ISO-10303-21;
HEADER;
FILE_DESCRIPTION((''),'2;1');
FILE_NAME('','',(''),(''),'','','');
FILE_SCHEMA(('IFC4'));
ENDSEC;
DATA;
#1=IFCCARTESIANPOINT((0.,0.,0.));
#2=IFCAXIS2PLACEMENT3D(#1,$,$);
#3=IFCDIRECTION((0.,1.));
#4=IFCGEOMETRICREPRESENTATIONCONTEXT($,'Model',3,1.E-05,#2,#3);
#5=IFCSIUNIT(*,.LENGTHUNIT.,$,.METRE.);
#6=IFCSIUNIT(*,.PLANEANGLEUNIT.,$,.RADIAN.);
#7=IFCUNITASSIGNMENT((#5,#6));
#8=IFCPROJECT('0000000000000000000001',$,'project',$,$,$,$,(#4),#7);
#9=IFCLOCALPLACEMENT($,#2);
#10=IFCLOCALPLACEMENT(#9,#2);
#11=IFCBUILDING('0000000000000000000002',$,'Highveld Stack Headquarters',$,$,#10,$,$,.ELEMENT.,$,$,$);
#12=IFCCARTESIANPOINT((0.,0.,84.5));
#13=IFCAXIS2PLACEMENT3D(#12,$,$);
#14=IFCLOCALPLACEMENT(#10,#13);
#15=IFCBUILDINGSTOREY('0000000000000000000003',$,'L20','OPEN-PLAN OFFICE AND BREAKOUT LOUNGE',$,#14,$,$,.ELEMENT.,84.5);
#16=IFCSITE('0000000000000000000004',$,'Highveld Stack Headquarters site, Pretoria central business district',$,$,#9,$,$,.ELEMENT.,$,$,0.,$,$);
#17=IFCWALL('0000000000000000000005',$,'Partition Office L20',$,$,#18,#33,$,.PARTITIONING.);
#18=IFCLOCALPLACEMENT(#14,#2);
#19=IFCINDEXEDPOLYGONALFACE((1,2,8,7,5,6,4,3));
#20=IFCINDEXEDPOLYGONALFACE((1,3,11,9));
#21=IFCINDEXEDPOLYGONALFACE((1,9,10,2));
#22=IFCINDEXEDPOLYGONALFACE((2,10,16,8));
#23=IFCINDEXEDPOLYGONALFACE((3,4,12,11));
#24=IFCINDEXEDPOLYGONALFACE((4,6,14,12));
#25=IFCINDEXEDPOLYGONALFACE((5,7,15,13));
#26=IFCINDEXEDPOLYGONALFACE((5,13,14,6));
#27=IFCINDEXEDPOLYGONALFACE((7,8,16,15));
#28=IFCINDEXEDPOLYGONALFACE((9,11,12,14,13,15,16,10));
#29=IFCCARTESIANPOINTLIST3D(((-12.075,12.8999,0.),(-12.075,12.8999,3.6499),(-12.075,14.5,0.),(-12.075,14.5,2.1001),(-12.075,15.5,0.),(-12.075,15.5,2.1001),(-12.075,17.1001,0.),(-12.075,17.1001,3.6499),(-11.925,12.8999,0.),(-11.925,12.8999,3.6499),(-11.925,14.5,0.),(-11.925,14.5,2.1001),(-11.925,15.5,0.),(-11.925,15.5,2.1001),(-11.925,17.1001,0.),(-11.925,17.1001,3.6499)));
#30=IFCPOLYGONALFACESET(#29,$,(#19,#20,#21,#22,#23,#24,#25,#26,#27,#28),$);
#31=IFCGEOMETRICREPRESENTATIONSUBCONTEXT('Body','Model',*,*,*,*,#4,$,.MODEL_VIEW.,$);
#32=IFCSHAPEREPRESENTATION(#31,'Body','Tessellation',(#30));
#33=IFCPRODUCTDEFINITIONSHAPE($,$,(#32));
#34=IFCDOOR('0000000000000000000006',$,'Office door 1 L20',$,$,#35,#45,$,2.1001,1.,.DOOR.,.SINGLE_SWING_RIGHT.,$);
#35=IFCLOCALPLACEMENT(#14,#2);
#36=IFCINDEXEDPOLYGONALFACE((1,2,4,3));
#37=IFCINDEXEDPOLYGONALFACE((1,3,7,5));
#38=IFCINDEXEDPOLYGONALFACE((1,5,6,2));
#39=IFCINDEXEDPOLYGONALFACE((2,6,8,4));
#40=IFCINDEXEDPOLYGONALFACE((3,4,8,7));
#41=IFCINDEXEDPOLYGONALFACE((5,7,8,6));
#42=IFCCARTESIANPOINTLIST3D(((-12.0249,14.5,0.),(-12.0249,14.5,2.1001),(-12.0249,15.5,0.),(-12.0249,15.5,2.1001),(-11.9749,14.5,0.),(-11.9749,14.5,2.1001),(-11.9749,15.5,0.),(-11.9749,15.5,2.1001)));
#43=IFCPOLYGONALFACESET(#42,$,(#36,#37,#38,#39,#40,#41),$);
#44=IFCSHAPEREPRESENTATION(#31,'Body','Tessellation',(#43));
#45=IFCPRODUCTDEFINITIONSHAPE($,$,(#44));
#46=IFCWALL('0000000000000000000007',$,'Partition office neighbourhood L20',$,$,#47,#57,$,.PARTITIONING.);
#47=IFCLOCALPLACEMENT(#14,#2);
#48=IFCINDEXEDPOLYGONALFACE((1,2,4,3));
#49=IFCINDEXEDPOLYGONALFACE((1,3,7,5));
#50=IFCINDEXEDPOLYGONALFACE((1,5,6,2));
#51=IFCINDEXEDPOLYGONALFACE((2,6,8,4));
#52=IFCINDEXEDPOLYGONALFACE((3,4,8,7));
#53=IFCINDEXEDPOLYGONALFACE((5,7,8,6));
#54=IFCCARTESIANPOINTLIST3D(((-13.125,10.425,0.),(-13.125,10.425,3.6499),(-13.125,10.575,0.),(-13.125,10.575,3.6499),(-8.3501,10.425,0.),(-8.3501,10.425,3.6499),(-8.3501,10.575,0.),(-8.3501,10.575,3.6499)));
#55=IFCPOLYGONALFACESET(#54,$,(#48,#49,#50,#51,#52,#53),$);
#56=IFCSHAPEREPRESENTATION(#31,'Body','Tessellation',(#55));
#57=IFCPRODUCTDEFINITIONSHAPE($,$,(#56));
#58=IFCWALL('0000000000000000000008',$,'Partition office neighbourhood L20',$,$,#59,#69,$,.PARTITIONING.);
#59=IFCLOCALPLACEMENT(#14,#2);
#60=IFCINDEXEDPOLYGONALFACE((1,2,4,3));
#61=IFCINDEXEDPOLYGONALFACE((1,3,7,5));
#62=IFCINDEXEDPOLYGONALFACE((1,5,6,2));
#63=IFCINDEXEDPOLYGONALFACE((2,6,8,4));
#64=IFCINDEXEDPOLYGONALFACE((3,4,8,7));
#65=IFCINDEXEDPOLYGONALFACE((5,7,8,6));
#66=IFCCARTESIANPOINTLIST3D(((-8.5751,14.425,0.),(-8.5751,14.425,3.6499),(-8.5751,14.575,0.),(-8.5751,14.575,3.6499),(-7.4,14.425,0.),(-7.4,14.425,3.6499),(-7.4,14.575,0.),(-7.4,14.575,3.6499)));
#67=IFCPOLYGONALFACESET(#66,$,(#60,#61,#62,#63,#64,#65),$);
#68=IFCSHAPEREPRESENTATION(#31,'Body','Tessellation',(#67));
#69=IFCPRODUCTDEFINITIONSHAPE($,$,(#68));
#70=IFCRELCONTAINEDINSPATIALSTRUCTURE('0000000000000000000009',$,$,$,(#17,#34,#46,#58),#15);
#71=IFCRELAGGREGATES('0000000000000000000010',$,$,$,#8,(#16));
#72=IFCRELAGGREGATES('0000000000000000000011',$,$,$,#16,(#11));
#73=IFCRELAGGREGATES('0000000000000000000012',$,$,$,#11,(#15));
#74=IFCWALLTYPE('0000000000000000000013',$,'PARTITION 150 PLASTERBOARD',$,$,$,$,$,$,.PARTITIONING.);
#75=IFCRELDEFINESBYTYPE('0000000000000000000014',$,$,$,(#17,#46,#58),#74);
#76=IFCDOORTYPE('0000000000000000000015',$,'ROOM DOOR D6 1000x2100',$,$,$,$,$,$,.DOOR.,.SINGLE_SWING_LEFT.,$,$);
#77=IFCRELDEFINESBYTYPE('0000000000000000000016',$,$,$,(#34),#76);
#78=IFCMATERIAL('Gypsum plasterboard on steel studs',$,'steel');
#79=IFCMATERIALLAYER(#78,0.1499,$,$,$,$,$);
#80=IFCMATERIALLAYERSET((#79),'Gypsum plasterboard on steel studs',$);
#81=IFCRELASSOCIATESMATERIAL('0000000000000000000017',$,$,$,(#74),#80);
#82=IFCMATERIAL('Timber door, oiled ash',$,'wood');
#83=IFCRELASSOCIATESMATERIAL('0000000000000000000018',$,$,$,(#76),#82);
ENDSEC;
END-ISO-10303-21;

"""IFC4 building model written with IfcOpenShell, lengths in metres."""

from ifc_helpers import new_model, si_unit, direction, frame, frame_2d, origin, place, context, subcontext, project, spatial, rectangle, extrude, material, layer, layer_set, type_object, element, fill, save


model = new_model("IFC4")

# Units and contexts
model_context = context("Model", 3, precision=1e-05, world=origin(), true_north=direction((0.0, 1.0)))
body_context = subcontext(model_context, "Body", "Model", "MODEL_VIEW")
ifc_project = project(units=[si_unit("LENGTHUNIT", "METRE"), si_unit("PLANEANGLEUNIT", "RADIAN")], contexts=[model_context])

# Site, building, storey
site_placement = place(None, origin())
site = spatial("IfcSite", under=ifc_project, at=site_placement, Name="Highveld Stack Headquarters site, Pretoria central business district", CompositionType="ELEMENT", RefElevation=0.0)
building_placement = place(site_placement, origin())
building = spatial("IfcBuilding", under=site, at=building_placement, Name="Highveld Stack Headquarters", CompositionType="ELEMENT")
storey_placement = place(building_placement, frame((0.0, 0.0, 84.5)))
storey = spatial("IfcBuildingStorey", under=building, at=storey_placement, Name="L20", Description="OPEN-PLAN OFFICE AND BREAKOUT LOUNGE", CompositionType="ELEMENT", Elevation=84.5)

# Shared definitions
ifc_material_1 = material(Name="Gypsum plasterboard on steel studs", Category="steel")
ifc_layer = layer(ifc_material_1, 0.1499)
ifc_layer_set = layer_set([ifc_layer], Name="Gypsum plasterboard on steel studs")
wall_type = type_object("IfcWallType", Name="PARTITION 150 PLASTERBOARD", PredefinedType="PARTITIONING", material=ifc_layer_set)

# Wall, opening, door
ifc_material_2 = material(Name="Timber door, oiled ash", Category="wood")
door_type = type_object("IfcDoorType", Name="ROOM DOOR D6 1000x2100", OperationType="SINGLE_SWING_LEFT", PredefinedType="DOOR", material=ifc_material_2)
wall_1_placement = place(storey_placement, frame((-12.0, 12.8999, 0.0), z_axis=(0.0, 0.0, 1.0), x_axis=(0.0, 1.0, 0.0)))
wall_1 = element("IfcWall", 1, at=wall_1_placement, inside=storey, type_object=wall_type, Name="Partition Office L20", PredefinedType="PARTITIONING", context=body_context, shape_type="SweptSolid", body=[
    extrude(rectangle(XDim=4.2002, YDim=0.1499, at=frame_2d((2.1001, 0.0))), origin(), (0.0, 0.0, 1.0), 3.6499),
])
opening_1_placement = place(wall_1_placement, frame((1.6001, 0.0, 0.0)))
opening_1 = element("IfcOpeningElement", 2, at=opening_1_placement, cuts=wall_1, PredefinedType="OPENING", context=body_context, shape_type="SweptSolid", body=[
    extrude(rectangle(XDim=1.0, YDim=2.1001, at=frame_2d((0.5, 1.05))), frame((0.0, 0.085, 0.0), z_axis=(0.0, -1.0, 0.0), x_axis=(1.0, 0.0, 0.0)), (0.0, 0.0, 1.0), 0.1699),
])
door_1_placement = place(opening_1_placement, origin())
door_1 = element("IfcDoor", 3, at=door_1_placement, inside=storey, type_object=door_type, Name="Office door 1 L20", OperationType="SINGLE_SWING_RIGHT", OverallHeight=2.1001, OverallWidth=1.0, PredefinedType="DOOR", context=body_context, shape_type="SweptSolid", body=[
    extrude(rectangle(XDim=1.0, YDim=2.1001, at=frame_2d((0.5, 1.05))), frame((0.0, 0.0249, 0.0), z_axis=(0.0, -1.0, 0.0), x_axis=(1.0, 0.0, 0.0)), (0.0, 0.0, 1.0), 0.05),
])
fill(opening_1, door_1)

# Walls
wall_2_placement = place(storey_placement, frame((-13.125, 10.5, 0.0), z_axis=(0.0, 0.0, 1.0), x_axis=(1.0, 0.0, 0.0)))
element("IfcWall", 4, at=wall_2_placement, inside=storey, type_object=wall_type, Name="Partition office neighbourhood L20", PredefinedType="PARTITIONING", context=body_context, shape_type="SweptSolid", body=[
    extrude(rectangle(XDim=4.7749, YDim=0.1499, at=frame_2d((2.3875, 0.0))), origin(), (0.0, 0.0, 1.0), 3.6499),
])
wall_3_placement = place(storey_placement, frame((-8.575, 14.5, 0.0), z_axis=(0.0, 0.0, 1.0), x_axis=(1.0, 0.0, 0.0)))
element("IfcWall", 5, at=wall_3_placement, inside=storey, type_object=wall_type, Name="Partition office neighbourhood L20", PredefinedType="PARTITIONING", context=body_context, shape_type="SweptSolid", body=[
    extrude(rectangle(XDim=1.175, YDim=0.1499, at=frame_2d((0.5874, 0.0))), origin(), (0.0, 0.0, 1.0), 3.6499),
])

save(model, "model.ifc")
